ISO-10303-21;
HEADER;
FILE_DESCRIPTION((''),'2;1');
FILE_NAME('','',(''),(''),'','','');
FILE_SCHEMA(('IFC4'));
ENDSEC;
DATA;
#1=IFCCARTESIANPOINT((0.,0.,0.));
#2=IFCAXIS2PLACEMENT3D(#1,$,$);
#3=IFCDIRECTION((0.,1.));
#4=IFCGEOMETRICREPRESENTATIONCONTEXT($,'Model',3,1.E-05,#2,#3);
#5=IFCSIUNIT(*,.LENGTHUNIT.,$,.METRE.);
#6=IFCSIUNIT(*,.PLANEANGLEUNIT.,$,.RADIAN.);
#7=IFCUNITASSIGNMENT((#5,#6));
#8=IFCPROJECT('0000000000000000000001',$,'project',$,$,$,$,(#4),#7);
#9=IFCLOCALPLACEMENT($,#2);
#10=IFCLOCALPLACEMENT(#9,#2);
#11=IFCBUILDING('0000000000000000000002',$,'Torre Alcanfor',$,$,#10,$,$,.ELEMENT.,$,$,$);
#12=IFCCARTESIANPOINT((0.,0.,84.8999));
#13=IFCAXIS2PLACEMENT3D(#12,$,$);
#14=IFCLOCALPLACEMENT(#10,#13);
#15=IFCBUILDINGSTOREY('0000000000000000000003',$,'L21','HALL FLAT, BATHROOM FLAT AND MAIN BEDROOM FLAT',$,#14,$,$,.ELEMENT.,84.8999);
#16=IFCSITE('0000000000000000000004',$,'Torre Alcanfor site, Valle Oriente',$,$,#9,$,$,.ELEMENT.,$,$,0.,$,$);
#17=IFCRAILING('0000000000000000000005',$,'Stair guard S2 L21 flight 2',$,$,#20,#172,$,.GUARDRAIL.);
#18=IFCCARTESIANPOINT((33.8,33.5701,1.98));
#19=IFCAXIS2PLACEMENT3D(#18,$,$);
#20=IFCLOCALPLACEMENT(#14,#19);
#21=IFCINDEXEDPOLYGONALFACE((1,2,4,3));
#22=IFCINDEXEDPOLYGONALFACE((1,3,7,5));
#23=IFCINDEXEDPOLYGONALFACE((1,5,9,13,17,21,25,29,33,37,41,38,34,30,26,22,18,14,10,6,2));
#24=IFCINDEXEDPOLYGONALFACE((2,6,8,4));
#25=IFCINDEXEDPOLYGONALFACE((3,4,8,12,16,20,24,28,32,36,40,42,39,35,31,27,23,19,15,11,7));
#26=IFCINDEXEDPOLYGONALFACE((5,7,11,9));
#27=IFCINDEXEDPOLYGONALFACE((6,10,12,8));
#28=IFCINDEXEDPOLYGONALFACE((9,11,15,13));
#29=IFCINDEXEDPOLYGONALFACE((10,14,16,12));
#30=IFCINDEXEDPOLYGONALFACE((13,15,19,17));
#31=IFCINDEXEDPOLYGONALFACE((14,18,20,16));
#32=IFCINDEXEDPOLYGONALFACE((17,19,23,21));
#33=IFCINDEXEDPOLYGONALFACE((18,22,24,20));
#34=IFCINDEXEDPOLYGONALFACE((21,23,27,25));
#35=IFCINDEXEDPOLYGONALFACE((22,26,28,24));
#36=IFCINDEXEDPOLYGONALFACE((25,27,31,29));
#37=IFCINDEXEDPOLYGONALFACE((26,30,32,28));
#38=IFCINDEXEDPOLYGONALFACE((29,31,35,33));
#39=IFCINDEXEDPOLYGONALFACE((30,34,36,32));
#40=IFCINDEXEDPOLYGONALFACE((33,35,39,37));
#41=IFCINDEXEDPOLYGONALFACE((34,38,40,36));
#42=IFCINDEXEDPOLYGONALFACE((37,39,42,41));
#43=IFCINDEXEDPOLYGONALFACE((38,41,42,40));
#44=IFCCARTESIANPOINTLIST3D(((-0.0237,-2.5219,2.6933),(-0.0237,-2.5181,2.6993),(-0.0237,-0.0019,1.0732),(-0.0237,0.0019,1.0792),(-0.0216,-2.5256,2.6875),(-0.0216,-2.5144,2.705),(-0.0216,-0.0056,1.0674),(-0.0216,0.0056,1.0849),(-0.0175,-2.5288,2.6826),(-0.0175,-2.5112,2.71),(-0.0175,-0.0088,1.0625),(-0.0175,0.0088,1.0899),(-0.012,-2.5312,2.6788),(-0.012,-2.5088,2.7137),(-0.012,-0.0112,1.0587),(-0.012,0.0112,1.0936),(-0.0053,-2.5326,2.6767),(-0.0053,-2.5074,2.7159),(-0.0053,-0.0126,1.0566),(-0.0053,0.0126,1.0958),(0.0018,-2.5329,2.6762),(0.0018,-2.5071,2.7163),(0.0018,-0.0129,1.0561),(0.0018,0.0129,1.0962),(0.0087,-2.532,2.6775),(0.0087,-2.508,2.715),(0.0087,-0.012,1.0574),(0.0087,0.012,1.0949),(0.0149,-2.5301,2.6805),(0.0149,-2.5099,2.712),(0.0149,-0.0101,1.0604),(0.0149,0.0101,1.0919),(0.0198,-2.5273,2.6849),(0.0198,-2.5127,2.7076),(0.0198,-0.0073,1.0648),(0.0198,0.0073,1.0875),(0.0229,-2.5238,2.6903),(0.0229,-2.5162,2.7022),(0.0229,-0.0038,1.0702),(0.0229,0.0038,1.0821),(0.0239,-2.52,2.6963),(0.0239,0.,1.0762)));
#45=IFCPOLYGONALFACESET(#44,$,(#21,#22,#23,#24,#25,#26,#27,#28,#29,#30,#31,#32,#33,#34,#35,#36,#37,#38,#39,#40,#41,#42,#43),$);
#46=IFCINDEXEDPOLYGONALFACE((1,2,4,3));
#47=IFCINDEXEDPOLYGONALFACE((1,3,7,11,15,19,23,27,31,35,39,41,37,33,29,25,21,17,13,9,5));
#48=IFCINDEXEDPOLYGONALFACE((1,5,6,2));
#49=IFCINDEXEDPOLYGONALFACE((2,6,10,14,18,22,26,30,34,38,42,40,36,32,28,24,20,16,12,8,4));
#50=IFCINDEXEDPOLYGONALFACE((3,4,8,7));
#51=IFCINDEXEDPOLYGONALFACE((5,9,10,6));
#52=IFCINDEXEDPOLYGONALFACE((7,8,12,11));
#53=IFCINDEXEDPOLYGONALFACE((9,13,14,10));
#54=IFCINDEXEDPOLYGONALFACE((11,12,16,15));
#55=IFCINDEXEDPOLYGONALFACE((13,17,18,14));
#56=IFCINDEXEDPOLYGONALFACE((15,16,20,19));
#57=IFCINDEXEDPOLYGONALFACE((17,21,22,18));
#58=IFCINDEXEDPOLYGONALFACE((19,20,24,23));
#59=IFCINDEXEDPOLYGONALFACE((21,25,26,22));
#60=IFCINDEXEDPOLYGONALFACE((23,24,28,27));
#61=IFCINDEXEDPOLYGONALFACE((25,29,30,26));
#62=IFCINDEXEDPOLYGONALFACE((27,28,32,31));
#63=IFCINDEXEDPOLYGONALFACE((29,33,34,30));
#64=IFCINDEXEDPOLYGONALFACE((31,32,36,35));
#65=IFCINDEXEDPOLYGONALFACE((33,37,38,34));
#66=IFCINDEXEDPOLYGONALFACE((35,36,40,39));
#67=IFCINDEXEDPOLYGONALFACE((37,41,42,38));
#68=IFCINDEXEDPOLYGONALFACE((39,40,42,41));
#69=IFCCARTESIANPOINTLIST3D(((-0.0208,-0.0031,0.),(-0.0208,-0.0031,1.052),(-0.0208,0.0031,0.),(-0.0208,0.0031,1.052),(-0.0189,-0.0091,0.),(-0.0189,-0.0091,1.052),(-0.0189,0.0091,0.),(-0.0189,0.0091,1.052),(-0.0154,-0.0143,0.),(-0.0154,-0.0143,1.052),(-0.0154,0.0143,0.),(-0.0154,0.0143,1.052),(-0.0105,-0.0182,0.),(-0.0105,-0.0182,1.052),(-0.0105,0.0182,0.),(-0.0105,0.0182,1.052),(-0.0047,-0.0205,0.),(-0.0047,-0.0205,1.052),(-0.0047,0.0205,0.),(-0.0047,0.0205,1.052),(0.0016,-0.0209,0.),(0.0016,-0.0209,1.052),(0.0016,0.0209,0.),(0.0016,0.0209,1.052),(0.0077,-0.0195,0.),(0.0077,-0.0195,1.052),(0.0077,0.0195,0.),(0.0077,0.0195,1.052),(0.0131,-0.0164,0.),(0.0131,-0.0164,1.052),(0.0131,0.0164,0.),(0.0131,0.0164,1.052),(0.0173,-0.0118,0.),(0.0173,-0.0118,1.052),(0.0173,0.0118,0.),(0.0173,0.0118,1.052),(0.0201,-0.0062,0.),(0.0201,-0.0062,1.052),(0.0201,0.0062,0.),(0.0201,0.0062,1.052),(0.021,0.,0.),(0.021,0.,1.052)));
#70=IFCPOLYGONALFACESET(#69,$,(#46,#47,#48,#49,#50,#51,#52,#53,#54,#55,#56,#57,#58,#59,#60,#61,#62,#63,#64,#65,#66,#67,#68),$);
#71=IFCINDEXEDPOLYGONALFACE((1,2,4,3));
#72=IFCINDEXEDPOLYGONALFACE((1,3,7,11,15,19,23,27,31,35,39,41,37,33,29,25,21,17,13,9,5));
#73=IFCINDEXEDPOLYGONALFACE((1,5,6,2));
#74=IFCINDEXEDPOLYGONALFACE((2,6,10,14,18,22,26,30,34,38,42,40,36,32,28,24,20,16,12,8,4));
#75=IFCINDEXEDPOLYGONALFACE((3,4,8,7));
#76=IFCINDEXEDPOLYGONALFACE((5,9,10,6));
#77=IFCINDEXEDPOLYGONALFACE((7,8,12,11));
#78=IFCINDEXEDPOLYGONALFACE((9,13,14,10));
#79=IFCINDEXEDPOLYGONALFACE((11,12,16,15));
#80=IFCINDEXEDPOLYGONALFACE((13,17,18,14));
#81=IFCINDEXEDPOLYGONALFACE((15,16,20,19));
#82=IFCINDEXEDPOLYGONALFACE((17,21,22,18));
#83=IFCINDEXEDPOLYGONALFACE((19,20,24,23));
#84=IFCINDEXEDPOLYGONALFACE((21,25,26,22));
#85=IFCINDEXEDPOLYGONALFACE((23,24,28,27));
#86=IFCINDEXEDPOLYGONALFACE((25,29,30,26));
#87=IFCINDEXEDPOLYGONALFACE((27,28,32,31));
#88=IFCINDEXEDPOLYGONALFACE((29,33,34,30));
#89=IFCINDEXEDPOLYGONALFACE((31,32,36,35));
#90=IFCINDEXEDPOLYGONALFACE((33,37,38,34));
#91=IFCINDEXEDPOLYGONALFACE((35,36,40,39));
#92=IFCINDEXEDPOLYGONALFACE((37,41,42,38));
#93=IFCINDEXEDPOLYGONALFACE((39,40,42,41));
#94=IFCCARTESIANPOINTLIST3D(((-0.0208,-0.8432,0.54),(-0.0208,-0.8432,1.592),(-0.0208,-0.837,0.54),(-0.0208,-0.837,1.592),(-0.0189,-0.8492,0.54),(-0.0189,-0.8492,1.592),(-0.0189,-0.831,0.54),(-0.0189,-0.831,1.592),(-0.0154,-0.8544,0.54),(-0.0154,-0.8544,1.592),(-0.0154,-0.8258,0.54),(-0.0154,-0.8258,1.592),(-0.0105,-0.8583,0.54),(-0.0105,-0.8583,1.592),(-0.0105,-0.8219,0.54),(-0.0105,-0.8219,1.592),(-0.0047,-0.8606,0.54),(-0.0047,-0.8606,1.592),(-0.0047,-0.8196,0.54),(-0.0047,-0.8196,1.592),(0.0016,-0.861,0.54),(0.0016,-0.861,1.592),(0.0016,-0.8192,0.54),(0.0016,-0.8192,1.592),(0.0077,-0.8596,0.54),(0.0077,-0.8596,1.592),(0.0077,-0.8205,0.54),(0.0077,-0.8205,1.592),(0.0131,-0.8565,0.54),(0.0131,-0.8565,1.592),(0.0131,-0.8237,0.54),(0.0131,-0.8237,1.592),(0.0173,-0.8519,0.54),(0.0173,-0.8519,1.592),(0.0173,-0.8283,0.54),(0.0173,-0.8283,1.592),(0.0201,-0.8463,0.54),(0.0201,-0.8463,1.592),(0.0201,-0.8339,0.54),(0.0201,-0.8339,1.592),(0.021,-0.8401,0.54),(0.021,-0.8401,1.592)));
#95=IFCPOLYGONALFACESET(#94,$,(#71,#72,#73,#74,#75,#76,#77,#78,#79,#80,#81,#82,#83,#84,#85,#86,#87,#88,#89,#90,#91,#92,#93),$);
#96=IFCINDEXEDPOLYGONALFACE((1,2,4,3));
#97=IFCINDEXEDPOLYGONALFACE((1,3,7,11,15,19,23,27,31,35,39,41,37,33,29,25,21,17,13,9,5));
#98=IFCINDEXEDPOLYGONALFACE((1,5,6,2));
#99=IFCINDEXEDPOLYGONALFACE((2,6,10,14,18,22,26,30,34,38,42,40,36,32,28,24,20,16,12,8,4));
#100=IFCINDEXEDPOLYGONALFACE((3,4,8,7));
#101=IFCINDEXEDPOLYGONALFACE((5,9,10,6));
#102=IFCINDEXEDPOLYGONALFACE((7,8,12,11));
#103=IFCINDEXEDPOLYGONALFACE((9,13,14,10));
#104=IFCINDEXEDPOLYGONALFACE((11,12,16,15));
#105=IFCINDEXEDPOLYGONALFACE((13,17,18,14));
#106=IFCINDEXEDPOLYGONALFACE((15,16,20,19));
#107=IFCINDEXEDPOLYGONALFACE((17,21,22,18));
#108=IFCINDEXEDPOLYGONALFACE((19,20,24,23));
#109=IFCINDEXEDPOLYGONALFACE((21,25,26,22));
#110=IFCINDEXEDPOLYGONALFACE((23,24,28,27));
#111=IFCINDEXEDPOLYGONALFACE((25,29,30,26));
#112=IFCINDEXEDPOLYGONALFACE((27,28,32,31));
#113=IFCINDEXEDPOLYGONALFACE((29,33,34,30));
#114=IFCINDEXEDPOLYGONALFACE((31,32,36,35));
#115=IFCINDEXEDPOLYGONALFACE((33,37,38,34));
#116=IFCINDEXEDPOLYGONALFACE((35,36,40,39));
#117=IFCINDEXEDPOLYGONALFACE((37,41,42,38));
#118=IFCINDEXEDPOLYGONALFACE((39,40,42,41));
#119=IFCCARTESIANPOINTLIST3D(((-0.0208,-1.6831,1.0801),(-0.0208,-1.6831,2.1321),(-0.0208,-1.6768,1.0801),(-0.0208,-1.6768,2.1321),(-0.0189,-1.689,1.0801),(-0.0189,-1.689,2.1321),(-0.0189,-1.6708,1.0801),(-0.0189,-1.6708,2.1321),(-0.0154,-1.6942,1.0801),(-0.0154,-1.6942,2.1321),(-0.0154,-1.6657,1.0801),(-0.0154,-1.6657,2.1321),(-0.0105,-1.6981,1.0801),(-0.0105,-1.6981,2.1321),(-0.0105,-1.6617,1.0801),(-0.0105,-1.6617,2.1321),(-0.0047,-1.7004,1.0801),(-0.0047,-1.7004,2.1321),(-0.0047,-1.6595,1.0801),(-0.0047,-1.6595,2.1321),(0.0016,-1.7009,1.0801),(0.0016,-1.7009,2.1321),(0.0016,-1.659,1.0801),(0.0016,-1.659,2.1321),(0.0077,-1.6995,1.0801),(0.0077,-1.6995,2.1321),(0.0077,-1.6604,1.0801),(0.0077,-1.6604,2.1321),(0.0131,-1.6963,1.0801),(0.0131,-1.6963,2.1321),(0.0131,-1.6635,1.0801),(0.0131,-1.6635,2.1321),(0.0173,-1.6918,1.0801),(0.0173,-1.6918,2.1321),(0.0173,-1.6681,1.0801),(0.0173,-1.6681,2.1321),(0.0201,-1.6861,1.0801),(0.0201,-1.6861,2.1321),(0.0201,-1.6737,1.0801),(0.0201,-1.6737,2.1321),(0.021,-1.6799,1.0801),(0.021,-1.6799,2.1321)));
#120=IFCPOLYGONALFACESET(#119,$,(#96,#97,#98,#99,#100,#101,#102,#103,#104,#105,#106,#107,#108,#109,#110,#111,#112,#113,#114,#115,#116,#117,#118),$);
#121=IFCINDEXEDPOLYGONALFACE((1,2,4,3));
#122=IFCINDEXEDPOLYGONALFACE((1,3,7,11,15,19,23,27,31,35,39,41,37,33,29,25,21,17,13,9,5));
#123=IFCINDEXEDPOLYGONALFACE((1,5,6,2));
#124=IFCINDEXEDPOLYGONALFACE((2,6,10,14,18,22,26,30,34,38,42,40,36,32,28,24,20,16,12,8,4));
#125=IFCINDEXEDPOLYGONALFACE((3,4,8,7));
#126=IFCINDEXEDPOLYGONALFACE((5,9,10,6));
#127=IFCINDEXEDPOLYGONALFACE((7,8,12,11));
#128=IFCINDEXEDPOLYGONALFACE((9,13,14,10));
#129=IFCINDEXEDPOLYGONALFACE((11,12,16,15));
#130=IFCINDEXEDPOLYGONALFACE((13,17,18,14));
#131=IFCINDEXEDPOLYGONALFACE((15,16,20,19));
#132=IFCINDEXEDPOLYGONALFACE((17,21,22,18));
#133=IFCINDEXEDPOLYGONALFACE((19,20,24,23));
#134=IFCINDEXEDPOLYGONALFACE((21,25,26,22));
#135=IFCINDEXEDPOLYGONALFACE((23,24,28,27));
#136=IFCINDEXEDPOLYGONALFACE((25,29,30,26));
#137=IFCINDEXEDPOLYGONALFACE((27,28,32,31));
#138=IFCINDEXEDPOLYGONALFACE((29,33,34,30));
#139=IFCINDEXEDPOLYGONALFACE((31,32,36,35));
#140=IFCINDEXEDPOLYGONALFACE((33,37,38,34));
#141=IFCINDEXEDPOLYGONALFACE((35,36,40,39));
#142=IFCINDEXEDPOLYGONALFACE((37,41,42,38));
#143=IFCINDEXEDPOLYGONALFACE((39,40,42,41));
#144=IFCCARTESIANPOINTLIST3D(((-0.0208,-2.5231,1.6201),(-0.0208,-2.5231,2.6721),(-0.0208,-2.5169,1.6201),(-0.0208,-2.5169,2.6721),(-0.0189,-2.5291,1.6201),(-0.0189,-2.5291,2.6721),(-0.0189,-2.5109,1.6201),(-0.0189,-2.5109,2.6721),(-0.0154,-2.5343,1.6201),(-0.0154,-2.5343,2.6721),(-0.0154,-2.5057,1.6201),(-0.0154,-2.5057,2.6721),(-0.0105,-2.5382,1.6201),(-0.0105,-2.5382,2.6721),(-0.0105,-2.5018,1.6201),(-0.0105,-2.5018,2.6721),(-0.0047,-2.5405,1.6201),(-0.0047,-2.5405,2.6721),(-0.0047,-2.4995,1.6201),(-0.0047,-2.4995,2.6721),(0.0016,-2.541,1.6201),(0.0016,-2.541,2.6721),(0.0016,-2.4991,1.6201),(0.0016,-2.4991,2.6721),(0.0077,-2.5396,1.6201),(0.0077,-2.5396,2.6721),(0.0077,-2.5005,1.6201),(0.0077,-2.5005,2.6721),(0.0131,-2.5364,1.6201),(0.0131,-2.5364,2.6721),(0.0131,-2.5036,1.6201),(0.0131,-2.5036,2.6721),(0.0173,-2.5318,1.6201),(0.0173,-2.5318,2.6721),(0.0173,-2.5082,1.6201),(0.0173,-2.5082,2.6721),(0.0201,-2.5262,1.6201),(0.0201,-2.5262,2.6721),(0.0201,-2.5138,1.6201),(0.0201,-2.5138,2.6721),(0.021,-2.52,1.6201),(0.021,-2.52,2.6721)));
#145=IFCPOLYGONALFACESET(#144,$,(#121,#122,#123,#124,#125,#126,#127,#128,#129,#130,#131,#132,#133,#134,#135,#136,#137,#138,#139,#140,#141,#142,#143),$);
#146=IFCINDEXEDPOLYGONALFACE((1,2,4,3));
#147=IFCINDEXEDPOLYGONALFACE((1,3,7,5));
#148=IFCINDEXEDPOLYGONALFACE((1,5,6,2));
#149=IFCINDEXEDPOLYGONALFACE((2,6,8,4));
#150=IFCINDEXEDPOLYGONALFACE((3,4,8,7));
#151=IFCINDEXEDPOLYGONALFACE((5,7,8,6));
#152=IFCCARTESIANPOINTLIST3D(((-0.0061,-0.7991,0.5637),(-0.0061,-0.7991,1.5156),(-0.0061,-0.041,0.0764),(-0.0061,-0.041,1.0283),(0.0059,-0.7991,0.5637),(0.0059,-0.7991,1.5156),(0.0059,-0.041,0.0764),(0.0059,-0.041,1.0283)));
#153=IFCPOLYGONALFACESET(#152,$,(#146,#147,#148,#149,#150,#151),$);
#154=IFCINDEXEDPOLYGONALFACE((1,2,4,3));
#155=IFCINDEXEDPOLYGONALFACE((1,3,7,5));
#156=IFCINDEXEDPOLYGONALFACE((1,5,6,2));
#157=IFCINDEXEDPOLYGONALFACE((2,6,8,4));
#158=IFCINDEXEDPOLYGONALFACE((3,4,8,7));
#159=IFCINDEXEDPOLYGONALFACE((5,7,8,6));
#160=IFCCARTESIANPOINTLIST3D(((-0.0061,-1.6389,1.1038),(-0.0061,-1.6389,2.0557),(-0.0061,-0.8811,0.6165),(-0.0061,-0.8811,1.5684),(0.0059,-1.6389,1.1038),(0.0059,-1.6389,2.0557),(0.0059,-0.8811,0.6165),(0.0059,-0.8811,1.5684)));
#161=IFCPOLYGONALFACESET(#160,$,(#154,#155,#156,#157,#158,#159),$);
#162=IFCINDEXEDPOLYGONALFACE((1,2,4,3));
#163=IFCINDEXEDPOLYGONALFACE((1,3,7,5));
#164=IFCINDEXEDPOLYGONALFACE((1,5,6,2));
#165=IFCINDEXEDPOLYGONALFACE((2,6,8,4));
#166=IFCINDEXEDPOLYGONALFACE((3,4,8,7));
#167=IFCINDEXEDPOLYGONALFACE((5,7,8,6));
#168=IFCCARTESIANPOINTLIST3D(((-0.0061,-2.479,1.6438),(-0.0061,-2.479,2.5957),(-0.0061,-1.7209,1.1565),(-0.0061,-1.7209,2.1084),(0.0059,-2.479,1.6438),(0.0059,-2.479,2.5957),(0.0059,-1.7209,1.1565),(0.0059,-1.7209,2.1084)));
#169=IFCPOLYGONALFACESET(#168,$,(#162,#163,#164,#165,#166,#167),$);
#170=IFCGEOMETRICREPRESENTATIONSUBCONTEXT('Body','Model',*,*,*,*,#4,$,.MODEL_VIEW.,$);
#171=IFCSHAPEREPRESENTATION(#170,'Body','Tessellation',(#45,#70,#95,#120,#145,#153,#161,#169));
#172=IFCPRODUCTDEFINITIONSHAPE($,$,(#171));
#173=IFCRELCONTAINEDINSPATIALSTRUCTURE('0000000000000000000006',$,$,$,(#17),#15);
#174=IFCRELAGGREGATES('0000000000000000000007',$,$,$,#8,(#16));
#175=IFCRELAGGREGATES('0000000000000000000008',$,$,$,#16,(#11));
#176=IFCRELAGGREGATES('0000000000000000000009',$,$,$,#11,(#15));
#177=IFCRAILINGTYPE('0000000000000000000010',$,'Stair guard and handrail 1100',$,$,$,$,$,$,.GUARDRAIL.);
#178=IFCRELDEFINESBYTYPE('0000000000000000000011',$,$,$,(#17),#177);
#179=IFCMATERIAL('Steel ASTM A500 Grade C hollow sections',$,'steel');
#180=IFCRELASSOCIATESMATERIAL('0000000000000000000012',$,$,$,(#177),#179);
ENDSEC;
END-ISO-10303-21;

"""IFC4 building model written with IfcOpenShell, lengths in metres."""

from ifc_helpers import new_model, si_unit, direction, frame, origin, origin_2d, place, context, subcontext, project, spatial, polyline, circle, outline, extrude, material, type_object, element, save


model = new_model("IFC4")

# Units and contexts
model_context = context("Model", 3, precision=1e-05, world=origin(), true_north=direction((0.0, 1.0)))
body_context = subcontext(model_context, "Body", "Model", "MODEL_VIEW")
ifc_project = project(units=[si_unit("LENGTHUNIT", "METRE"), si_unit("PLANEANGLEUNIT", "RADIAN")], contexts=[model_context])

# Site, building, storey
site_placement = place(None, origin())
site = spatial("IfcSite", under=ifc_project, at=site_placement, Name="Torre Alcanfor site, Valle Oriente", CompositionType="ELEMENT", RefElevation=0.0)
building_placement = place(site_placement, origin())
building = spatial("IfcBuilding", under=site, at=building_placement, Name="Torre Alcanfor", CompositionType="ELEMENT")
storey_placement = place(building_placement, frame((0.0, 0.0, 84.8999)))
storey = spatial("IfcBuildingStorey", under=building, at=storey_placement, Name="L21", Description="HALL FLAT, BATHROOM FLAT AND MAIN BEDROOM FLAT", CompositionType="ELEMENT", Elevation=84.8999)

# Railing
ifc_material_1 = material(Name="Steel ASTM A500 Grade C hollow sections", Category="steel")
railing_type_1 = type_object("IfcRailingType", Name="Stair guard and handrail 1100", PredefinedType="GUARDRAIL", material=ifc_material_1)
railing_1_placement = place(storey_placement, frame((33.8, 33.5701, 1.98)))
element("IfcRailing", 1, at=railing_1_placement, inside=storey, type_object=railing_type_1, Name="Stair guard S2 L21 flight 2", PredefinedType="GUARDRAIL", context=body_context, shape_type="SweptSolid", body=[
    extrude(circle(Radius=0.0239, at=origin_2d()), frame((0.0, 0.0, 1.0762), z_axis=(0.0, -0.841163, 0.540782), x_axis=(1.0, 0.0, 0.0)), (0.0, 0.0, 1.0), 2.9958),
    extrude(circle(Radius=0.021, at=origin_2d()), origin(), (0.0, 0.0, 1.0), 1.052),
    extrude(circle(Radius=0.021, at=origin_2d()), frame((0.0, -0.8401, 0.54)), (0.0, 0.0, 1.0), 1.052),
    extrude(circle(Radius=0.021, at=origin_2d()), frame((0.0, -1.6799, 1.0801)), (0.0, 0.0, 1.0), 1.052),
    extrude(circle(Radius=0.021, at=origin_2d()), frame((0.0, -2.52, 1.6201)), (0.0, 0.0, 1.0), 1.052),
    extrude(outline(polyline([(0.041, 0.0764), (0.7991, 0.5637), (0.7991, 1.5156), (0.041, 1.0283), (0.041, 0.0764)])), frame((0.0059, 0.0, 0.0), z_axis=(-1.0, 0.0, 0.0), x_axis=(0.0, -1.0, 0.0)), (0.0, 0.0, 1.0), 0.012),
    extrude(outline(polyline([(0.8811, 0.6165), (1.6389, 1.1038), (1.6389, 2.0557), (0.8811, 1.5684), (0.8811, 0.6165)])), frame((0.0059, 0.0, 0.0), z_axis=(-1.0, 0.0, 0.0), x_axis=(0.0, -1.0, 0.0)), (0.0, 0.0, 1.0), 0.012),
    extrude(outline(polyline([(1.7209, 1.1565), (2.479, 1.6438), (2.479, 2.5957), (1.7209, 2.1084), (1.7209, 1.1565)])), frame((0.0059, 0.0, 0.0), z_axis=(-1.0, 0.0, 0.0), x_axis=(0.0, -1.0, 0.0)), (0.0, 0.0, 1.0), 0.012),
])

save(model, "model.ifc")
